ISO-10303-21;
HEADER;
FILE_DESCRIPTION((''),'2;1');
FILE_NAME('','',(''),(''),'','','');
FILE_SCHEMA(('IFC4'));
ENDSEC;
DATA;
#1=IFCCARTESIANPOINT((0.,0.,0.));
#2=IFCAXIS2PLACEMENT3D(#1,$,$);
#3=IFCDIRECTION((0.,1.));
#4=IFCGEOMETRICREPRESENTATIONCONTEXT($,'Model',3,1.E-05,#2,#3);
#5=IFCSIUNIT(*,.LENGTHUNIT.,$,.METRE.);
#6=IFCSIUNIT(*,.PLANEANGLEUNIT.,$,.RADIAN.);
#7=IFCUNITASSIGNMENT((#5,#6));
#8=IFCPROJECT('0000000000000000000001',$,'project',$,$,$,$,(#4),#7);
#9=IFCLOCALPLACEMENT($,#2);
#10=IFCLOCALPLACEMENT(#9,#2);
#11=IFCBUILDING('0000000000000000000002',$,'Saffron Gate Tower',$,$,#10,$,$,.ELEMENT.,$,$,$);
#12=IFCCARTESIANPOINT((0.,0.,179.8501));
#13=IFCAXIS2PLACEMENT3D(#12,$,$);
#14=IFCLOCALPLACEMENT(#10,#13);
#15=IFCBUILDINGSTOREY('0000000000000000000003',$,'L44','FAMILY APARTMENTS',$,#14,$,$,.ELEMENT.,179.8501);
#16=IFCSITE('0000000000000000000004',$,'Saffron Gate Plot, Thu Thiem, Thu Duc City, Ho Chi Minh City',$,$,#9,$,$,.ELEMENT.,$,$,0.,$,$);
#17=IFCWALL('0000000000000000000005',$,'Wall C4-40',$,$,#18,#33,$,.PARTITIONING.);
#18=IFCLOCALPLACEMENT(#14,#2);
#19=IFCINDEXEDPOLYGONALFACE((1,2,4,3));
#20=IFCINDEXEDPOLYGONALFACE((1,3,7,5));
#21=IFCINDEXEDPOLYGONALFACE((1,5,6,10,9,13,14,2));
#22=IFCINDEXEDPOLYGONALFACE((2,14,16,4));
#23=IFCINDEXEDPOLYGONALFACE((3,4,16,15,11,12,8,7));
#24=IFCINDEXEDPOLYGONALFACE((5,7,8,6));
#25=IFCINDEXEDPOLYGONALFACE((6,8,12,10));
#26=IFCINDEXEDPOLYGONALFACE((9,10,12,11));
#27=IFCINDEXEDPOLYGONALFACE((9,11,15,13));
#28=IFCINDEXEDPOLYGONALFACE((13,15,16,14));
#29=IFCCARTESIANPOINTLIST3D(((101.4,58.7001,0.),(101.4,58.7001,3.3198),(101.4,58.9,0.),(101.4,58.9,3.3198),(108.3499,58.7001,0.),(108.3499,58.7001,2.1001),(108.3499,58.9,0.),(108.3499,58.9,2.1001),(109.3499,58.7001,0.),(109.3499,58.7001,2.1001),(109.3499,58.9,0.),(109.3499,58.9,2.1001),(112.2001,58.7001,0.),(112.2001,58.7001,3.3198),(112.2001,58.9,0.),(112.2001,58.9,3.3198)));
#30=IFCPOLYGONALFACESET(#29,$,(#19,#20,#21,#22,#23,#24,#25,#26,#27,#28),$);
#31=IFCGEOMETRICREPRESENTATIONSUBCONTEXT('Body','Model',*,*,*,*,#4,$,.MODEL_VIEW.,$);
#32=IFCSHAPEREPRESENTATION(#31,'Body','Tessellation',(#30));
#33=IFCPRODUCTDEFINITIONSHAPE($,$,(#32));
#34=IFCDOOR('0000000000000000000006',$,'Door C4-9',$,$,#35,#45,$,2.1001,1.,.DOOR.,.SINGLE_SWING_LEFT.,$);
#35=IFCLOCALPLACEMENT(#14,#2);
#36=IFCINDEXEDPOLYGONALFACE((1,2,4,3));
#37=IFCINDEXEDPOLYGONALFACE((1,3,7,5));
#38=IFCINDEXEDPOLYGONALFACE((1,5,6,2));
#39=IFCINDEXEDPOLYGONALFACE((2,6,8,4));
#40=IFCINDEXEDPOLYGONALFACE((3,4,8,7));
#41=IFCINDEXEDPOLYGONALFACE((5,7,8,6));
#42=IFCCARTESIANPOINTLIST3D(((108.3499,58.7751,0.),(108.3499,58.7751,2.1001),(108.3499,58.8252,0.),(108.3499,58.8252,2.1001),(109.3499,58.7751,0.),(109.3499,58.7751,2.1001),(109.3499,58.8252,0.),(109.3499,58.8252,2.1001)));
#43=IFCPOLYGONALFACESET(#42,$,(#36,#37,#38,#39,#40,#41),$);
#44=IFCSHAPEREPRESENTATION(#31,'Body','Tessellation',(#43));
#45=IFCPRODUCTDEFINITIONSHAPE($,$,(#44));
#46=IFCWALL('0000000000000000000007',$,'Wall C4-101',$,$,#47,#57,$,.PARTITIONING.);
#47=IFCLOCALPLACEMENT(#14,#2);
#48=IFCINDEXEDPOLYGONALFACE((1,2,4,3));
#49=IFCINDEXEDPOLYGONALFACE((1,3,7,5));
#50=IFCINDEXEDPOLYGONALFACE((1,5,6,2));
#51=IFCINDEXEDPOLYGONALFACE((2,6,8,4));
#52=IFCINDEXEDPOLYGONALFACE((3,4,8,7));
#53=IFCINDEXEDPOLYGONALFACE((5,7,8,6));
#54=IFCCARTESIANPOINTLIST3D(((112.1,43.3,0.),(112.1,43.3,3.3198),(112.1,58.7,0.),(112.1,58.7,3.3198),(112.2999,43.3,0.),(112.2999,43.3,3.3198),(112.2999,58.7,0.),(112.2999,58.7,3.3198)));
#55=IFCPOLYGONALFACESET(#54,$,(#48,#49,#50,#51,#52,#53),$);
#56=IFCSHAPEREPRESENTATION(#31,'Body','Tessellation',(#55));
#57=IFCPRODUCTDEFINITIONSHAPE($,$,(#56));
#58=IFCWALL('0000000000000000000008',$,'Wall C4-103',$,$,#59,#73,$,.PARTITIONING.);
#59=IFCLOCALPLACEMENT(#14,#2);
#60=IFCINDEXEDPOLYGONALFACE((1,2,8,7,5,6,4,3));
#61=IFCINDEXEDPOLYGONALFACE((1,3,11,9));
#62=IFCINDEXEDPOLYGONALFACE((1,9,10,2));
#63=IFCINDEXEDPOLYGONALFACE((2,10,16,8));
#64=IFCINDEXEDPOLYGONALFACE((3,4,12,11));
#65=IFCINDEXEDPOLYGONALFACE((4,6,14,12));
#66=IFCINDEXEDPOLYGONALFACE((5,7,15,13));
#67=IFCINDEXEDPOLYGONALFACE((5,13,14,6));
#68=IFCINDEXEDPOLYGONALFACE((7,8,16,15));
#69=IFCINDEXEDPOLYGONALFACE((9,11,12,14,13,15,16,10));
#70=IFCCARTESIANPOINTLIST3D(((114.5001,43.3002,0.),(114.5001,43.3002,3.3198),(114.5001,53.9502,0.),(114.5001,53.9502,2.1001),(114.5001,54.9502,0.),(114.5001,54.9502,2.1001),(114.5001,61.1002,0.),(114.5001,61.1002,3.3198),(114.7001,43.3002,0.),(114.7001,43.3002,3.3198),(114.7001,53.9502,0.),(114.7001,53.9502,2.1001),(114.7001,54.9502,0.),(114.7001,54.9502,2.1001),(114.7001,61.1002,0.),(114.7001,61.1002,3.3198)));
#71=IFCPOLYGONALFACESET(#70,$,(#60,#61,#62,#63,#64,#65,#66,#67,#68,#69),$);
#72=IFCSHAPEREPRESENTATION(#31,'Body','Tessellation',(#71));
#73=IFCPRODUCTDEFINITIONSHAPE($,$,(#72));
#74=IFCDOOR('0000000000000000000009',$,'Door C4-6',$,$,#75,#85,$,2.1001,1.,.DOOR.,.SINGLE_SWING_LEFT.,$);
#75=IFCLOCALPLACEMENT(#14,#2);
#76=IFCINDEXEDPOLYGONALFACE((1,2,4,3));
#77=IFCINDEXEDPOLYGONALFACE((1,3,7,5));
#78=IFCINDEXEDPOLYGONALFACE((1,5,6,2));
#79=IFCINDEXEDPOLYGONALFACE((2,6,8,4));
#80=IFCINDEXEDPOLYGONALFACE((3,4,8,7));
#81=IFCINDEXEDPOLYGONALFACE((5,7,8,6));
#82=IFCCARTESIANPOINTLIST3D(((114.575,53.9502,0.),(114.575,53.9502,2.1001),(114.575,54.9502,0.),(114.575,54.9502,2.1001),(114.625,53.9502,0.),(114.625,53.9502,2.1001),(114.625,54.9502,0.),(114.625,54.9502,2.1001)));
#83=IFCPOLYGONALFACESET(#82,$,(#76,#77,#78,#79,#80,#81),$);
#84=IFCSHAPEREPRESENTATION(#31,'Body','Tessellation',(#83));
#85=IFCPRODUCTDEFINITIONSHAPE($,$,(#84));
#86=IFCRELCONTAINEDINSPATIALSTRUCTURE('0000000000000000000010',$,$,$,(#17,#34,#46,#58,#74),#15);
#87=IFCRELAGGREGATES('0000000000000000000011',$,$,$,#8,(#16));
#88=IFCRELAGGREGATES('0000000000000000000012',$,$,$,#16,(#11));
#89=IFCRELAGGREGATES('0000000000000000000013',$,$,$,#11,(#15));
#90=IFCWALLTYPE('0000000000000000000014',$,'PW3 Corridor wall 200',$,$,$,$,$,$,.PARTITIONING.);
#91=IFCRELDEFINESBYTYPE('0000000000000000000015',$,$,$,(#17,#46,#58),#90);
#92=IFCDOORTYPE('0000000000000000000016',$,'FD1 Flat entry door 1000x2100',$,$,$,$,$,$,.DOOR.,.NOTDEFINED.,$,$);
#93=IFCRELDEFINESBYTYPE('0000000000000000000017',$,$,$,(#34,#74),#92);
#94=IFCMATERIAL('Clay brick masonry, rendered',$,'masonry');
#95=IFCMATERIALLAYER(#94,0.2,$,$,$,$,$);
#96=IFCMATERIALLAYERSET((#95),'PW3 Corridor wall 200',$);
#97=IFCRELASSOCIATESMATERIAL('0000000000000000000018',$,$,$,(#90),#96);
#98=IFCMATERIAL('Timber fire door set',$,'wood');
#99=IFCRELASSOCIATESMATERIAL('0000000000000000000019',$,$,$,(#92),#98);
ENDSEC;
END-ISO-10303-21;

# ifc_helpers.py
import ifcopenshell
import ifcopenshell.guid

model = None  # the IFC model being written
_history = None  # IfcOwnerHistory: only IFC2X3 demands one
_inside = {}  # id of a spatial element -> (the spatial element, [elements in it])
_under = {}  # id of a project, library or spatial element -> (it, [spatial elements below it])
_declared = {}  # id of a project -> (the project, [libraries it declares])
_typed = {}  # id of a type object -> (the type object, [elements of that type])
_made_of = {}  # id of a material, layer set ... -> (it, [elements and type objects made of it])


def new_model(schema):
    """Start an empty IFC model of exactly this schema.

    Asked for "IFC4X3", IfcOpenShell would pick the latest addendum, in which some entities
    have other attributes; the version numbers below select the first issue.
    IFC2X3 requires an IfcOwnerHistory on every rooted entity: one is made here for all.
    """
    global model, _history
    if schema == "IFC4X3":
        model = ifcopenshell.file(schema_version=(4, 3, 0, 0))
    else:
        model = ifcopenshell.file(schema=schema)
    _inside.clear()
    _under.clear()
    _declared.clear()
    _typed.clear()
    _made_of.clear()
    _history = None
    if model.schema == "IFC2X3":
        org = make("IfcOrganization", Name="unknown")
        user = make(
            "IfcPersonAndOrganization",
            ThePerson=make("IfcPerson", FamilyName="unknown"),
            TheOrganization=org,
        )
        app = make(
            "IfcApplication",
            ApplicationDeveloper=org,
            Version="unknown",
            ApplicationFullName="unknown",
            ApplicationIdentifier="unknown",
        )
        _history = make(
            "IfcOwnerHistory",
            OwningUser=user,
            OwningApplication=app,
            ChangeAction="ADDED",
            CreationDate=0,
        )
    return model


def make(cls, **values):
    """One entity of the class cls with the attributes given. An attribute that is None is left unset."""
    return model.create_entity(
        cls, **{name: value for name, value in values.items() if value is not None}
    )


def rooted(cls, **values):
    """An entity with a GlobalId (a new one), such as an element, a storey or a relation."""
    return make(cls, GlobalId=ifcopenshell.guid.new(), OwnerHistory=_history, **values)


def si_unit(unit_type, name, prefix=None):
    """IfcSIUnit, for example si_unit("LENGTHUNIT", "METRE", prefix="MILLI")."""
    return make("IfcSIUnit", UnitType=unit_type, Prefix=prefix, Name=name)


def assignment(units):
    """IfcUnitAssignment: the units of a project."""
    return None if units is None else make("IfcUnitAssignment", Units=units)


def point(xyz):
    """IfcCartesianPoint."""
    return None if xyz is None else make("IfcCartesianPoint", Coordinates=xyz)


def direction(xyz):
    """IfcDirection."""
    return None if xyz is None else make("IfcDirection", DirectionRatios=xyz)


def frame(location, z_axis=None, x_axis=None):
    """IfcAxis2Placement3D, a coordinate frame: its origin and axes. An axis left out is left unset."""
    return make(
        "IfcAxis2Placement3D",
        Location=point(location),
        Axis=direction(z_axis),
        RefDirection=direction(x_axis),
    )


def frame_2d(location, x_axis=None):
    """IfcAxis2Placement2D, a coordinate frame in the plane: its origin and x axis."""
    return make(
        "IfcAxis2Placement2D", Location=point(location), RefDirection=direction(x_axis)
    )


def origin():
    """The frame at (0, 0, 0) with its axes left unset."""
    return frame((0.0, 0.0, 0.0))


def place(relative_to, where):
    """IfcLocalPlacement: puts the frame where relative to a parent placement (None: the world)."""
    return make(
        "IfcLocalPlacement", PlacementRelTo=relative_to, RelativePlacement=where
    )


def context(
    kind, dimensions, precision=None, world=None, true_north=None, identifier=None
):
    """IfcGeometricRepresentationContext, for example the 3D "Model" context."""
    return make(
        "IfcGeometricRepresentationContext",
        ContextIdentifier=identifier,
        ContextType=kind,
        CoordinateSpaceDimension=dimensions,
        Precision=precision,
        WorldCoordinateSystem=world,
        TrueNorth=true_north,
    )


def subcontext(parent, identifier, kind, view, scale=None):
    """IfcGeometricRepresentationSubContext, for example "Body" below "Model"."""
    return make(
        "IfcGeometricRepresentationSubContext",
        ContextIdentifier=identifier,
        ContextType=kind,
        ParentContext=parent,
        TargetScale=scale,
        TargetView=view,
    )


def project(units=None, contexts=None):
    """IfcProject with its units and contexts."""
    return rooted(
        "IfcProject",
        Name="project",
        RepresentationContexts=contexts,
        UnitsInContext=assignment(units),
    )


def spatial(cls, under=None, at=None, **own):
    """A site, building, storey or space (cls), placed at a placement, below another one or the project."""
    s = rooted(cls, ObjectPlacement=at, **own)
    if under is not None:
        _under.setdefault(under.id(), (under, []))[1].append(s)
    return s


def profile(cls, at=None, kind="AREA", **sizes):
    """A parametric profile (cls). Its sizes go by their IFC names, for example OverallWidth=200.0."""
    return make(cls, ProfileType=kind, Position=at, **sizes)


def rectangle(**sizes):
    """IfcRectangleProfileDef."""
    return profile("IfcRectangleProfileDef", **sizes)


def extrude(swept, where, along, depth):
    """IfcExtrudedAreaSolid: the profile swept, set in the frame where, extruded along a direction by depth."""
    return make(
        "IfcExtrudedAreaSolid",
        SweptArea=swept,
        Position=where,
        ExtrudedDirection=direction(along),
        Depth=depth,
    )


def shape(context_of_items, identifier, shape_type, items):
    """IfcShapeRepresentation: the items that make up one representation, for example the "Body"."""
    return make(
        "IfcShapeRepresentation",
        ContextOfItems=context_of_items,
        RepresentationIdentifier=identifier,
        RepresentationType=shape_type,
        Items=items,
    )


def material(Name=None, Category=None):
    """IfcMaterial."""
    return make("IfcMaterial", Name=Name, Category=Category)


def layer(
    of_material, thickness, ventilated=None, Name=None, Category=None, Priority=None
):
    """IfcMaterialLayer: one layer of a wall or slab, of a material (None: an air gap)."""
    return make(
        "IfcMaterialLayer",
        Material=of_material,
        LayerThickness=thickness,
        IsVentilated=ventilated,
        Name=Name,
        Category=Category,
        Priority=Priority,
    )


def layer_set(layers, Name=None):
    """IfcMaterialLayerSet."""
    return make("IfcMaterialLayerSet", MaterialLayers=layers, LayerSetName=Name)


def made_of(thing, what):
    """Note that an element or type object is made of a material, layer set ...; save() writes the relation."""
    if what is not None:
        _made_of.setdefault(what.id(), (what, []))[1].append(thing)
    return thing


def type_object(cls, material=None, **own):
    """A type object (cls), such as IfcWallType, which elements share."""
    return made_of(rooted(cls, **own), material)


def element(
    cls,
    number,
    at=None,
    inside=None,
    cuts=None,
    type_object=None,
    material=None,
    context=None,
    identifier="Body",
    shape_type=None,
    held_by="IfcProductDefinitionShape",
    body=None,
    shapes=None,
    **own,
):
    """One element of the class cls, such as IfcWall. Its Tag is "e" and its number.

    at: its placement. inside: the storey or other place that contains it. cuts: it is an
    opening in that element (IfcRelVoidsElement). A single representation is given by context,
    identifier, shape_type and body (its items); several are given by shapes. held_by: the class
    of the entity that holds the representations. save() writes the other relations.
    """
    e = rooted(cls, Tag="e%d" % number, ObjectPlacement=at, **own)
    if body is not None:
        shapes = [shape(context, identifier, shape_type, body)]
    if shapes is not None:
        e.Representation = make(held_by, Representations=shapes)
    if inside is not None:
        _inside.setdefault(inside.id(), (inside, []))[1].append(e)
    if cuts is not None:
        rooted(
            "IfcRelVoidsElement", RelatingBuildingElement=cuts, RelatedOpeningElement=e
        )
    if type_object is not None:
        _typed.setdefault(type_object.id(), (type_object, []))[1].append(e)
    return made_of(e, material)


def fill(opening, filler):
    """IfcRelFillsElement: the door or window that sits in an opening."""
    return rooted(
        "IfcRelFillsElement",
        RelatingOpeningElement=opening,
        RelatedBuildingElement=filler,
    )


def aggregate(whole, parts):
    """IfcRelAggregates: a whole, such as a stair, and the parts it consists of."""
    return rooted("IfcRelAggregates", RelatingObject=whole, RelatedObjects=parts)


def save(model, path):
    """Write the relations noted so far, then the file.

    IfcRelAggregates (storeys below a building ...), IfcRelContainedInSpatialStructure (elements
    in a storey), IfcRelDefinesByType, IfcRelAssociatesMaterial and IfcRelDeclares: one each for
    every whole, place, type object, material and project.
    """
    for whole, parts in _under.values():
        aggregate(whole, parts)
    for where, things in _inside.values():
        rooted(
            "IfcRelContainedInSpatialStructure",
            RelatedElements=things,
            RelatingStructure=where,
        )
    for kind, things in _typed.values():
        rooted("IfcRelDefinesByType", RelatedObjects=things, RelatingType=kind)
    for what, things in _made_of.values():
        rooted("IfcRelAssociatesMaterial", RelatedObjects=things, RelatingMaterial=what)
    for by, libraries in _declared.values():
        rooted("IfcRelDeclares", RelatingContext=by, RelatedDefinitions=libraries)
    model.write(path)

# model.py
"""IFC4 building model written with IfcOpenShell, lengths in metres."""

from ifc_helpers import new_model, si_unit, direction, frame, frame_2d, origin, place, context, subcontext, project, spatial, rectangle, extrude, material, layer, layer_set, type_object, element, fill, save


model = new_model("IFC4")

# Units and contexts
model_context = context("Model", 3, precision=1e-05, world=origin(), true_north=direction((0.0, 1.0)))
body_context = subcontext(model_context, "Body", "Model", "MODEL_VIEW")
ifc_project = project(units=[si_unit("LENGTHUNIT", "METRE"), si_unit("PLANEANGLEUNIT", "RADIAN")], contexts=[model_context])

# Site, building, storey
site_placement = place(None, origin())
site = spatial("IfcSite", under=ifc_project, at=site_placement, Name="Saffron Gate Plot, Thu Thiem, Thu Duc City, Ho Chi Minh City", CompositionType="ELEMENT", RefElevation=0.0)
building_placement = place(site_placement, origin())
building = spatial("IfcBuilding", under=site, at=building_placement, Name="Saffron Gate Tower", CompositionType="ELEMENT")
storey_placement = place(building_placement, frame((0.0, 0.0, 179.8501)))
storey = spatial("IfcBuildingStorey", under=building, at=storey_placement, Name="L44", Description="FAMILY APARTMENTS", CompositionType="ELEMENT", Elevation=179.8501)

# Shared definitions
ifc_material_1 = material(Name="Clay brick masonry, rendered", Category="masonry")

# Wall, opening, door
ifc_layer_1 = layer(ifc_material_1, 0.2)
ifc_layer_set_1 = layer_set([ifc_layer_1], Name="PW3 Corridor wall 200")
wall_type_1 = type_object("IfcWallType", Name="PW3 Corridor wall 200", PredefinedType="PARTITIONING", material=ifc_layer_set_1)
wall_1_placement = place(storey_placement, frame((112.2, 58.8, 0.0), z_axis=(0.0, 0.0, 1.0), x_axis=(-1.0, 0.0, 0.0)))
wall_1 = element("IfcWall", 1, at=wall_1_placement, inside=storey, type_object=wall_type_1, Name="Wall C4-40", PredefinedType="PARTITIONING", context=body_context, shape_type="SweptSolid", body=[
    extrude(rectangle(XDim=10.8, YDim=0.2, at=frame_2d((5.3999, 0.0))), origin(), (0.0, 0.0, 1.0), 3.3198),
])
opening_1_placement = place(wall_1_placement, frame((2.8501, 0.0, 0.0)))
opening_1 = element("IfcOpeningElement", 2, at=opening_1_placement, cuts=wall_1, PredefinedType="OPENING", context=body_context, shape_type="SweptSolid", body=[
    extrude(rectangle(XDim=1.0, YDim=2.1001, at=frame_2d((0.5, 1.05))), frame((0.0, 0.1099, 0.0), z_axis=(0.0, -1.0, 0.0), x_axis=(1.0, 0.0, 0.0)), (0.0, 0.0, 1.0), 0.22),
])
ifc_material_2 = material(Name="Timber fire door set", Category="wood")
door_type_1 = type_object("IfcDoorType", Name="FD1 Flat entry door 1000x2100", OperationType="NOTDEFINED", PredefinedType="DOOR", material=ifc_material_2)
door_1_placement = place(opening_1_placement, origin())
door_1 = element("IfcDoor", 3, at=door_1_placement, inside=storey, type_object=door_type_1, Name="Door C4-9", OperationType="SINGLE_SWING_LEFT", OverallHeight=2.1001, OverallWidth=1.0, PredefinedType="DOOR", context=body_context, shape_type="SweptSolid", body=[
    extrude(rectangle(XDim=1.0, YDim=2.1001, at=frame_2d((0.5, 1.05))), frame((0.0, 0.0249, 0.0), z_axis=(0.0, -1.0, 0.0), x_axis=(1.0, 0.0, 0.0)), (0.0, 0.0, 1.0), 0.05),
])
fill(opening_1, door_1)

# Wall
wall_2_placement = place(storey_placement, frame((112.2, 58.7, 0.0), z_axis=(0.0, 0.0, 1.0), x_axis=(0.0, -1.0, 0.0)))
element("IfcWall", 4, at=wall_2_placement, inside=storey, type_object=wall_type_1, Name="Wall C4-101", PredefinedType="PARTITIONING", context=body_context, shape_type="SweptSolid", body=[
    extrude(rectangle(XDim=15.3999, YDim=0.2, at=frame_2d((7.7, 0.0))), origin(), (0.0, 0.0, 1.0), 3.3198),
])

# Wall, opening, door
wall_3_placement = place(storey_placement, frame((114.6001, 61.1001, 0.0), z_axis=(0.0, 0.0, 1.0), x_axis=(0.0, -1.0, 0.0)))
wall_3 = element("IfcWall", 5, at=wall_3_placement, inside=storey, type_object=wall_type_1, Name="Wall C4-103", PredefinedType="PARTITIONING", context=body_context, shape_type="SweptSolid", body=[
    extrude(rectangle(XDim=17.8, YDim=0.2, at=frame_2d((8.8999, 0.0))), origin(), (0.0, 0.0, 1.0), 3.3198),
])
opening_2_placement = place(wall_3_placement, frame((6.1499, 0.0, 0.0)))
opening_2 = element("IfcOpeningElement", 6, at=opening_2_placement, cuts=wall_3, PredefinedType="OPENING", context=body_context, shape_type="SweptSolid", body=[
    extrude(rectangle(XDim=1.0, YDim=2.1001, at=frame_2d((0.5, 1.05))), frame((0.0, 0.1099, 0.0), z_axis=(0.0, -1.0, 0.0), x_axis=(1.0, 0.0, 0.0)), (0.0, 0.0, 1.0), 0.22),
])
door_2_placement = place(opening_2_placement, origin())
door_2 = element("IfcDoor", 7, at=door_2_placement, inside=storey, type_object=door_type_1, Name="Door C4-6", OperationType="SINGLE_SWING_LEFT", OverallHeight=2.1001, OverallWidth=1.0, PredefinedType="DOOR", context=body_context, shape_type="SweptSolid", body=[
    extrude(rectangle(XDim=1.0, YDim=2.1001, at=frame_2d((0.5, 1.05))), frame((0.0, 0.0249, 0.0), z_axis=(0.0, -1.0, 0.0), x_axis=(1.0, 0.0, 0.0)), (0.0, 0.0, 1.0), 0.05),
])
fill(opening_2, door_2)

save(model, "model.ifc")
